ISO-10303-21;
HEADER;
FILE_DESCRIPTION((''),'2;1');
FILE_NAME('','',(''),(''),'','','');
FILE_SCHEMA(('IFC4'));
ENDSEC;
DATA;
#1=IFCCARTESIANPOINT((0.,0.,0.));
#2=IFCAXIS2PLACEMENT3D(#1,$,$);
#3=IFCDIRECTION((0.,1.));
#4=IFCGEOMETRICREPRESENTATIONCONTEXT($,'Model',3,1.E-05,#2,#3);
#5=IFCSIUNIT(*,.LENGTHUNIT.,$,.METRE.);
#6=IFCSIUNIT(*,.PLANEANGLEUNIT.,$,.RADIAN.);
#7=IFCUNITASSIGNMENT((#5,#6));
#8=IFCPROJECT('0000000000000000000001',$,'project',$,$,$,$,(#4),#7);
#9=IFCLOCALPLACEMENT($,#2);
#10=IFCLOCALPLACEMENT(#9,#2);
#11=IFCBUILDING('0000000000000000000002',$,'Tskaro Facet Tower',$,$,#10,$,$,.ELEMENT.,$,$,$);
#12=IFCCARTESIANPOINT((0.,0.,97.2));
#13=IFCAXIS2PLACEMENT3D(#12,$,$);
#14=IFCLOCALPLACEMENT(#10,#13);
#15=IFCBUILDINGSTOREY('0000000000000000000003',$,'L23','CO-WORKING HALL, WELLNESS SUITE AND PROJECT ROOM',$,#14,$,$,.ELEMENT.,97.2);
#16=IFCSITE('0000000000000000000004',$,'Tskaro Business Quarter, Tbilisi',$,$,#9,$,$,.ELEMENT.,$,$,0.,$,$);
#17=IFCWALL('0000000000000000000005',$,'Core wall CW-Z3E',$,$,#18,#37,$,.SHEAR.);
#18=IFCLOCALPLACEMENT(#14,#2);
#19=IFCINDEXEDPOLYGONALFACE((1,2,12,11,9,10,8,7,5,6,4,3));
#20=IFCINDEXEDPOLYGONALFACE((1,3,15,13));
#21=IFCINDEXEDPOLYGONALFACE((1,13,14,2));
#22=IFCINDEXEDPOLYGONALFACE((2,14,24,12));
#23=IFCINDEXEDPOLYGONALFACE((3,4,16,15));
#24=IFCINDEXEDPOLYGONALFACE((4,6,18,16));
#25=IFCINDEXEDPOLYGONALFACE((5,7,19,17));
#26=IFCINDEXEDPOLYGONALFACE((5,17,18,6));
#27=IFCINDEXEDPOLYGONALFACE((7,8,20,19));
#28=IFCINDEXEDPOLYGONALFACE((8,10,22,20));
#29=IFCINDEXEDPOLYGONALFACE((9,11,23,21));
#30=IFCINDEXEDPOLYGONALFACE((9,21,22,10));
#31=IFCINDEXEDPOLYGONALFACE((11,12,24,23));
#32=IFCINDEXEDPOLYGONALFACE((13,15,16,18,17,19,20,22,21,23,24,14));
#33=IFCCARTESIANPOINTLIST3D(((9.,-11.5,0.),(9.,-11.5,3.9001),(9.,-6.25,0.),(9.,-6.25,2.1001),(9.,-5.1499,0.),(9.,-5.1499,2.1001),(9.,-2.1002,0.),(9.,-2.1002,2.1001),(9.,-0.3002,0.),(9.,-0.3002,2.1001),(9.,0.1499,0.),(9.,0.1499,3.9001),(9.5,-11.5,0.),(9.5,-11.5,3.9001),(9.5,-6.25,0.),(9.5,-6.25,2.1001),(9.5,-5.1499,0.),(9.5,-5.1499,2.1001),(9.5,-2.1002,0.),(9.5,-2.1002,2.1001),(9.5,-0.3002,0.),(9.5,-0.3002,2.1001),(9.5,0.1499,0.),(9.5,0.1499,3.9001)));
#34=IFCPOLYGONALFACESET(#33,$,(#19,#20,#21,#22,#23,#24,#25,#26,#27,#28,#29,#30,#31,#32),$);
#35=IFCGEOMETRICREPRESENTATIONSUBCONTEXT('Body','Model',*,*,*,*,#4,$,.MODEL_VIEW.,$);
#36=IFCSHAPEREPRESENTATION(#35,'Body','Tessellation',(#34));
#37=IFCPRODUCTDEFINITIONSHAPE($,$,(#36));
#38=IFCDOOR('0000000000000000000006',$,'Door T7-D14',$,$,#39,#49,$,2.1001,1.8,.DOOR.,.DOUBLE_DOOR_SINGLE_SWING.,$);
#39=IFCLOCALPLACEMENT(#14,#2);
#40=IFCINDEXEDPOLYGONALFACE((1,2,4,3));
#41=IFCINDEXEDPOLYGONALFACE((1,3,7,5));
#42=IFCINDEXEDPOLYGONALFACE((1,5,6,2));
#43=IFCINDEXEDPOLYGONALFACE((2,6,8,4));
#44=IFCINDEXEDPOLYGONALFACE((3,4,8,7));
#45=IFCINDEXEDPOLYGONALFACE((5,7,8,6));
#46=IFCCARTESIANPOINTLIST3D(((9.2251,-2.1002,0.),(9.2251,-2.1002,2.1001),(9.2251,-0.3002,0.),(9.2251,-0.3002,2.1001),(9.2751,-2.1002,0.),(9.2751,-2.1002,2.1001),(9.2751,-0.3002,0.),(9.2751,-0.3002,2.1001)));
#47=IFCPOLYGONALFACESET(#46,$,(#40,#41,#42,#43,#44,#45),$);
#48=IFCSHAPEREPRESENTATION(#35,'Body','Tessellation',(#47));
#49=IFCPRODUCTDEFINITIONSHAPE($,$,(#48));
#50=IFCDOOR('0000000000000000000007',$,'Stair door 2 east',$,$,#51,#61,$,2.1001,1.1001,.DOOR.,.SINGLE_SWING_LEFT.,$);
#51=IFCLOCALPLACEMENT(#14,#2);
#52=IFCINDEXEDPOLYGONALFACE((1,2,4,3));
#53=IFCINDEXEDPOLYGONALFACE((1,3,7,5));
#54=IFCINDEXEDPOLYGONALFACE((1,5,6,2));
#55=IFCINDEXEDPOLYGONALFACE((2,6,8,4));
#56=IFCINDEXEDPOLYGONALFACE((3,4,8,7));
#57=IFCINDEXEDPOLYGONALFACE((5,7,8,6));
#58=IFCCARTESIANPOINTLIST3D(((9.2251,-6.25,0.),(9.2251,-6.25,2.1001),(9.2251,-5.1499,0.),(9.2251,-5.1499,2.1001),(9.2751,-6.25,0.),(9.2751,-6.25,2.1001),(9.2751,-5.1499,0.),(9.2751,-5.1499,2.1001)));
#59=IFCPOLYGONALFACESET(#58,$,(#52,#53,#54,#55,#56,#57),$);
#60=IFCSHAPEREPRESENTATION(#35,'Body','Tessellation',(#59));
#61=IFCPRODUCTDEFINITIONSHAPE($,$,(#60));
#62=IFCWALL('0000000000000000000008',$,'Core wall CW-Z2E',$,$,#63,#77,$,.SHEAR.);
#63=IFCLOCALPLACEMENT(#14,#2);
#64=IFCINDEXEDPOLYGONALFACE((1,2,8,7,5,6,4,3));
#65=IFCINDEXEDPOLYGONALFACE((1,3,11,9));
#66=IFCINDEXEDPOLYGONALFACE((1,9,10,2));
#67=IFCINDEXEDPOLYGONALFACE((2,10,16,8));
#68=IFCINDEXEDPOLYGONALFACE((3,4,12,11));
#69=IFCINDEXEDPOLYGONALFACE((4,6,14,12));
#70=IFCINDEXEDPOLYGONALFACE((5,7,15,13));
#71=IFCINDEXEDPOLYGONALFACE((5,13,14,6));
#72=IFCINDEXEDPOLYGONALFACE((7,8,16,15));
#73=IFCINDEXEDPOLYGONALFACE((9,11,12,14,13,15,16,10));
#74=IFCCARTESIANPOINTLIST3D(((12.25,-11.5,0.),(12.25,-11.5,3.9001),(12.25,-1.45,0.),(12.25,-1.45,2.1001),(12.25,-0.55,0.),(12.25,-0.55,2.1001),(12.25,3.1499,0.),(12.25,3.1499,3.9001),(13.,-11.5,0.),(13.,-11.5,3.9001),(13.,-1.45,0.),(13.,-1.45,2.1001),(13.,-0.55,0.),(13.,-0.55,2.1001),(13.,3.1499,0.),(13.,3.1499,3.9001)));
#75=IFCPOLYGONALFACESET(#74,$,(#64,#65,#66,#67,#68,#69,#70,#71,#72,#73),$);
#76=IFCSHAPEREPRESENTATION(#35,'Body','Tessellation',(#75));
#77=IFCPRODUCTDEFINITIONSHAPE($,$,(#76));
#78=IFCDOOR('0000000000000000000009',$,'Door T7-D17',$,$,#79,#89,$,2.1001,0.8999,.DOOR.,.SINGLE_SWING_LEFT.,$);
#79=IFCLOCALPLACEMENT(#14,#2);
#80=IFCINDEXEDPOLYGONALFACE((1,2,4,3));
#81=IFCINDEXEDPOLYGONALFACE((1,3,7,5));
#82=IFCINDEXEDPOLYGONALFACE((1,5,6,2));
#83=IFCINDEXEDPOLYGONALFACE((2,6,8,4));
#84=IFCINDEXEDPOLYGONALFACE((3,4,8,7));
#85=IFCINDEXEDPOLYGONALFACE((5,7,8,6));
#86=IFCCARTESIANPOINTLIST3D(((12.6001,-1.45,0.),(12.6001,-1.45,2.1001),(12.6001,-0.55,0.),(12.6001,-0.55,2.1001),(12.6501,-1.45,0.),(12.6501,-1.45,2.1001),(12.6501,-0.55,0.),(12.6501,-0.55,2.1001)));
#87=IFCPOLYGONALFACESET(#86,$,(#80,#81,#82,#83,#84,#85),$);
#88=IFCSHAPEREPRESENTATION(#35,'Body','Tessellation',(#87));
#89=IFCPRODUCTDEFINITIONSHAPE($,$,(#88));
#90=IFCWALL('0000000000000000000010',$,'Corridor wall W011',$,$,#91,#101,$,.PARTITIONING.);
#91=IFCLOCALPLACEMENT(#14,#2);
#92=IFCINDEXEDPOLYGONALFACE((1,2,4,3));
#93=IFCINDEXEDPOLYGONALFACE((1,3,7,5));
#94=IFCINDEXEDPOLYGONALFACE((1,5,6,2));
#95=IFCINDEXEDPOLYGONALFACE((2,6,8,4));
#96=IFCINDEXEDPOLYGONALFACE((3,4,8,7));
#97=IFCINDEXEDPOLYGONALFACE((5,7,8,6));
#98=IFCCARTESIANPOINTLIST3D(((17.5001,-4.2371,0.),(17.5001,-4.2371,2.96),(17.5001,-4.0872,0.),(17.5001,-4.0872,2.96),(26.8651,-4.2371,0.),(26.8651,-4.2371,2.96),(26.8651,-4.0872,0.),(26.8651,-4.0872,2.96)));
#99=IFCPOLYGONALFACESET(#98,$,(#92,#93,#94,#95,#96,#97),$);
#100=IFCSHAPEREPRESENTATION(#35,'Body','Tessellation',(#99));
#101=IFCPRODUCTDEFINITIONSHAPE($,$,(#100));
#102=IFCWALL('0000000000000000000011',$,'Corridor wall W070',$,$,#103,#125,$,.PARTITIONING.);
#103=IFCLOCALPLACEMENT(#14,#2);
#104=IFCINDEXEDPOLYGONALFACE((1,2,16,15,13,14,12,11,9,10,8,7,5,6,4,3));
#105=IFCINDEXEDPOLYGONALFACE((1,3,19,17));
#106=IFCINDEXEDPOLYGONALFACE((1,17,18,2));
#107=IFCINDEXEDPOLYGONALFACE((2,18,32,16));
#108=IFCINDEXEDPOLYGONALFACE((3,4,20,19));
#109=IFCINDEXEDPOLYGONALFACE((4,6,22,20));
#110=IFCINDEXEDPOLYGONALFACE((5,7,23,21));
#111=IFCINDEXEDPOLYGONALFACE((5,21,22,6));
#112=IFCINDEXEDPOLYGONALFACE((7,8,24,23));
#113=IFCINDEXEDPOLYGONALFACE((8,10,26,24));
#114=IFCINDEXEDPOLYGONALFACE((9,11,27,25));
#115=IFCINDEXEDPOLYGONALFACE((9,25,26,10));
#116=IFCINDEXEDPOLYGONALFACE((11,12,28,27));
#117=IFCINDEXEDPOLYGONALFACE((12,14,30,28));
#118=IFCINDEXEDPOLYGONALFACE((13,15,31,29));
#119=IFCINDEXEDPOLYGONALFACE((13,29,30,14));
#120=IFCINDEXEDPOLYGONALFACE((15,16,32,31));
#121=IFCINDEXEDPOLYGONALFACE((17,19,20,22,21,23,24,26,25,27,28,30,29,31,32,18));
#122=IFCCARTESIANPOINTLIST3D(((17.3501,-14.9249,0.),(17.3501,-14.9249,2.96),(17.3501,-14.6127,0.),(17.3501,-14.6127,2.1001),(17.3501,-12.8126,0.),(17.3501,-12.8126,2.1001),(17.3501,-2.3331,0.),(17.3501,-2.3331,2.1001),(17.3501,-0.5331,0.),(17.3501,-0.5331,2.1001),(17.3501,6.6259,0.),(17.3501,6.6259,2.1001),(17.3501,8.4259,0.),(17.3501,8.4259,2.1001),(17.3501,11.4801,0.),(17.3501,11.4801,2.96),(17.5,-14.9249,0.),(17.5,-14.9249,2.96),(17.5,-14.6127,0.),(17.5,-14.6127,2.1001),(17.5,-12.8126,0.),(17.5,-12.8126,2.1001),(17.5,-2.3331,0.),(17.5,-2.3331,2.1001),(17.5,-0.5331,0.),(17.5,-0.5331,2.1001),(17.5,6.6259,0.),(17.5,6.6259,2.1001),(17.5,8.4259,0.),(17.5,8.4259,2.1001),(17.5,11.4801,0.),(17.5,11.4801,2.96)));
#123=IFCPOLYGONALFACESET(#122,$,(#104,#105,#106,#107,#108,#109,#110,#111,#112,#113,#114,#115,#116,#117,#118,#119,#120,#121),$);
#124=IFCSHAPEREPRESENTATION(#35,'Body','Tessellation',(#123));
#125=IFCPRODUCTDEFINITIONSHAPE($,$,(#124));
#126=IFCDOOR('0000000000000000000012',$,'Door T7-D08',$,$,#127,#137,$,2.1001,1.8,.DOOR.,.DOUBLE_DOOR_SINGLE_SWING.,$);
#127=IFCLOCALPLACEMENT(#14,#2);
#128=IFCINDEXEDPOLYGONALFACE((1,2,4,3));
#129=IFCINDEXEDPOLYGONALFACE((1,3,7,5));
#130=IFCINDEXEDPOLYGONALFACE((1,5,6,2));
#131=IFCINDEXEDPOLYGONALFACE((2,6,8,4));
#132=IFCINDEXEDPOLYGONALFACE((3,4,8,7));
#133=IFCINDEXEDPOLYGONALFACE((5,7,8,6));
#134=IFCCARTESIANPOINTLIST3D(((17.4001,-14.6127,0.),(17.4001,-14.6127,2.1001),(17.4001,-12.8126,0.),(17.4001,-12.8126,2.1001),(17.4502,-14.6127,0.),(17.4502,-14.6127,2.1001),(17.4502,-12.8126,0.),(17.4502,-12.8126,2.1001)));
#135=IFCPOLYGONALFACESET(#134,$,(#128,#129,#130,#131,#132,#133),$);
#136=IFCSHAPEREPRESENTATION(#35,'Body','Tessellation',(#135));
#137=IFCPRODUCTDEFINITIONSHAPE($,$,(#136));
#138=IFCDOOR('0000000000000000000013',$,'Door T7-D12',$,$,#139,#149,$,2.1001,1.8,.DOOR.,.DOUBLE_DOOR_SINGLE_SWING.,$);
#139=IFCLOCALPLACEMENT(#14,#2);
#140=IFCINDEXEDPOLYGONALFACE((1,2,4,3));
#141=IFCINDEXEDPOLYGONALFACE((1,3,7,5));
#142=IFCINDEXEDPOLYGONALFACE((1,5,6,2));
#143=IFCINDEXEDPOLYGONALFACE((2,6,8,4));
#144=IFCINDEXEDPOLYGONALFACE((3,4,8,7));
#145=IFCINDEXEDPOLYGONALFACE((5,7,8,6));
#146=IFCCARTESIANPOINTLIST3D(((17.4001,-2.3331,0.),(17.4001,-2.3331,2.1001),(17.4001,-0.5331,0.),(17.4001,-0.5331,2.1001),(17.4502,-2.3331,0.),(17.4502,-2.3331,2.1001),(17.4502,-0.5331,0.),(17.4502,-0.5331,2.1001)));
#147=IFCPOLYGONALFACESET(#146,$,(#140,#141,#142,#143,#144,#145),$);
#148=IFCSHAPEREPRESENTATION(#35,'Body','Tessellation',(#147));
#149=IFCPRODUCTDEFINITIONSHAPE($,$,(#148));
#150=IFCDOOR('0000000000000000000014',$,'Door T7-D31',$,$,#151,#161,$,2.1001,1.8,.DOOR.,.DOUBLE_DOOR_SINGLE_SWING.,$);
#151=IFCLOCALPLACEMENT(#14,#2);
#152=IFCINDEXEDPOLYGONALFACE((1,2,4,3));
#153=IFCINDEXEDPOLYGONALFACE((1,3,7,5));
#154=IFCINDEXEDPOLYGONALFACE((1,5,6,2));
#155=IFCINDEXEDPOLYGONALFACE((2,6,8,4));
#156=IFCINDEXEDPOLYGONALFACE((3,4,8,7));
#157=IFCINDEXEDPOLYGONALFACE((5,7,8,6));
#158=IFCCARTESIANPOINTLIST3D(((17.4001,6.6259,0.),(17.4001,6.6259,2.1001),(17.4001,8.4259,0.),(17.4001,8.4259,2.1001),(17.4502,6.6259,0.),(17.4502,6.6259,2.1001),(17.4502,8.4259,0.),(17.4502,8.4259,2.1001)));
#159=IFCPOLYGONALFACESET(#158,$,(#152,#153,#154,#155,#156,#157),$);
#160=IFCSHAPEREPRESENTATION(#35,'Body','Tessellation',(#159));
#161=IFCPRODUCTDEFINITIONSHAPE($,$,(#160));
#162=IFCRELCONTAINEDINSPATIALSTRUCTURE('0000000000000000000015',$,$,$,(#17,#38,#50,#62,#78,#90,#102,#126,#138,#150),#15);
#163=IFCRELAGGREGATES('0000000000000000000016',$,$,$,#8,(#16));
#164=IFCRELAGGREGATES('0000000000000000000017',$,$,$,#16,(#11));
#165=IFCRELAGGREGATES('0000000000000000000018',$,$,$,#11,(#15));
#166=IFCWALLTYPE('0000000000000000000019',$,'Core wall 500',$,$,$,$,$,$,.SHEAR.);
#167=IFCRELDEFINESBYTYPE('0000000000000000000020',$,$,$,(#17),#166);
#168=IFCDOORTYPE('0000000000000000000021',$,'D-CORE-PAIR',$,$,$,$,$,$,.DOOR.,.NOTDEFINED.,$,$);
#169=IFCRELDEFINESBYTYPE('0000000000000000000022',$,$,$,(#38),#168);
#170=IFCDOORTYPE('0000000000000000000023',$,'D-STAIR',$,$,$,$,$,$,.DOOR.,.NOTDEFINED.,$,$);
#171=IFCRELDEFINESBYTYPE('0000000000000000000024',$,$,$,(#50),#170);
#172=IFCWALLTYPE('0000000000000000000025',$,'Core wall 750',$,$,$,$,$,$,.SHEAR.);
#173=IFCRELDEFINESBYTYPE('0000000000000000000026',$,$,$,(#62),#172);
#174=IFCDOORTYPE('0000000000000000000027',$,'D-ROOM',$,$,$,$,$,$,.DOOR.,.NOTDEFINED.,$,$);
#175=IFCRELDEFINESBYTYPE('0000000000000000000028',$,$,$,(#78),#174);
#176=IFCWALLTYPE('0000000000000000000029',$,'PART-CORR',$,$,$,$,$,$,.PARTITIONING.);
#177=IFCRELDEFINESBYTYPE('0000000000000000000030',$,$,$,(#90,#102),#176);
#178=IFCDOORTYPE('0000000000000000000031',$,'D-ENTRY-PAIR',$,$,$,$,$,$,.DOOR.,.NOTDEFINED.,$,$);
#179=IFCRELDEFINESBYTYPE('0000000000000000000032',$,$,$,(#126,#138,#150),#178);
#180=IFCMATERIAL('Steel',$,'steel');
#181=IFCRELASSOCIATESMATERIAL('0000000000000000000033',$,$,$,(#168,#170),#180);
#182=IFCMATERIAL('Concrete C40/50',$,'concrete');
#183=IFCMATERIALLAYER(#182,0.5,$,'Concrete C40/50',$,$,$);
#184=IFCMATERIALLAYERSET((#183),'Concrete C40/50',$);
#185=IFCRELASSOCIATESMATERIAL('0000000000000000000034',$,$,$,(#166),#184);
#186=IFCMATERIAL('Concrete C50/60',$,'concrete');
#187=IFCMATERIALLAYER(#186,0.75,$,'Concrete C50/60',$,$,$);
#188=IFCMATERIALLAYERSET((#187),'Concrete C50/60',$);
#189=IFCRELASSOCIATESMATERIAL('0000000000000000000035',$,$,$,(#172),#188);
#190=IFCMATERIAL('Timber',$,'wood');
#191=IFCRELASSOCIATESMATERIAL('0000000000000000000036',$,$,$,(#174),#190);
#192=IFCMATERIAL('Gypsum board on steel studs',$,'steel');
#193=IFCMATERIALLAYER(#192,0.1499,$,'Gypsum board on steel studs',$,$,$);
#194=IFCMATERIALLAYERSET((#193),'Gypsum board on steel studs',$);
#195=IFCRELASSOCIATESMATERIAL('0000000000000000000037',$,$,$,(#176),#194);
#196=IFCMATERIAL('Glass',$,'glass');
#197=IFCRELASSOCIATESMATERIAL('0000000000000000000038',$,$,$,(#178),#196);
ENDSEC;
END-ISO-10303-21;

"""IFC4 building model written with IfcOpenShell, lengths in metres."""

from ifc_helpers import new_model, si_unit, direction, frame, frame_2d, origin, place, context, subcontext, project, spatial, rectangle, extrude, material, layer, layer_set, type_object, element, fill, save


model = new_model("IFC4")

# Units and contexts
model_context = context("Model", 3, precision=1e-05, world=origin(), true_north=direction((0.0, 1.0)))
body_context = subcontext(model_context, "Body", "Model", "MODEL_VIEW")
ifc_project = project(units=[si_unit("LENGTHUNIT", "METRE"), si_unit("PLANEANGLEUNIT", "RADIAN")], contexts=[model_context])

# Site, building, storey
site_placement = place(None, origin())
site = spatial("IfcSite", under=ifc_project, at=site_placement, Name="Tskaro Business Quarter, Tbilisi", CompositionType="ELEMENT", RefElevation=0.0)
building_placement = place(site_placement, origin())
building = spatial("IfcBuilding", under=site, at=building_placement, Name="Tskaro Facet Tower", CompositionType="ELEMENT")
storey_placement = place(building_placement, frame((0.0, 0.0, 97.2)))
storey = spatial("IfcBuildingStorey", under=building, at=storey_placement, Name="L23", Description="CO-WORKING HALL, WELLNESS SUITE AND PROJECT ROOM", CompositionType="ELEMENT", Elevation=97.2)

# Shared definitions
ifc_material_1 = material(Name="Steel", Category="steel")
door_type_1 = type_object("IfcDoorType", Name="D-CORE-PAIR", OperationType="NOTDEFINED", PredefinedType="DOOR", material=ifc_material_1)

# Wall, openings, doors
ifc_material_2 = material(Name="Concrete C40/50", Category="concrete")
ifc_layer_1 = layer(ifc_material_2, 0.5, Name="Concrete C40/50")
ifc_layer_set_1 = layer_set([ifc_layer_1], Name="Concrete C40/50")
wall_type_1 = type_object("IfcWallType", Name="Core wall 500", PredefinedType="SHEAR", material=ifc_layer_set_1)
wall_1_placement = place(storey_placement, frame((9.25, -11.5, 0.0), z_axis=(0.0, 0.0, 1.0), x_axis=(0.0, 1.0, 0.0)))
wall_1 = element("IfcWall", 1, at=wall_1_placement, inside=storey, type_object=wall_type_1, Name="Core wall CW-Z3E", PredefinedType="SHEAR", context=body_context, shape_type="SweptSolid", body=[
    extrude(rectangle(XDim=11.6499, YDim=0.5, at=frame_2d((5.825, 0.0))), origin(), (0.0, 0.0, 1.0), 3.9001),
])
opening_1_placement = place(wall_1_placement, frame((9.3999, 0.0, 0.0)))
opening_1 = element("IfcOpeningElement", 2, at=opening_1_placement, cuts=wall_1, PredefinedType="OPENING", context=body_context, shape_type="SweptSolid", body=[
    extrude(rectangle(XDim=1.8, YDim=2.1001, at=frame_2d((0.8999, 1.05))), frame((0.0, 0.26, 0.0), z_axis=(0.0, -1.0, 0.0), x_axis=(1.0, 0.0, 0.0)), (0.0, 0.0, 1.0), 0.52),
])
opening_2_placement = place(wall_1_placement, frame((5.25, 0.0, 0.0)))
opening_2 = element("IfcOpeningElement", 3, at=opening_2_placement, cuts=wall_1, PredefinedType="OPENING", context=body_context, shape_type="SweptSolid", body=[
    extrude(rectangle(XDim=1.1001, YDim=2.1001, at=frame_2d((0.55, 1.05))), frame((0.0, 0.26, 0.0), z_axis=(0.0, -1.0, 0.0), x_axis=(1.0, 0.0, 0.0)), (0.0, 0.0, 1.0), 0.52),
])
door_1_placement = place(opening_1_placement, origin())
door_1 = element("IfcDoor", 4, at=door_1_placement, inside=storey, type_object=door_type_1, Name="Door T7-D14", OperationType="DOUBLE_DOOR_SINGLE_SWING", OverallHeight=2.1001, OverallWidth=1.8, PredefinedType="DOOR", context=body_context, shape_type="SweptSolid", body=[
    extrude(rectangle(XDim=1.8, YDim=2.1001, at=frame_2d((0.8999, 1.05))), frame((0.0, 0.0249, 0.0), z_axis=(0.0, -1.0, 0.0), x_axis=(1.0, 0.0, 0.0)), (0.0, 0.0, 1.0), 0.05),
])
fill(opening_1, door_1)
door_type_2 = type_object("IfcDoorType", Name="D-STAIR", OperationType="NOTDEFINED", PredefinedType="DOOR", material=ifc_material_1)
door_2_placement = place(opening_2_placement, origin())
door_2 = element("IfcDoor", 5, at=door_2_placement, inside=storey, type_object=door_type_2, Name="Stair door 2 east", OperationType="SINGLE_SWING_LEFT", OverallHeight=2.1001, OverallWidth=1.1001, PredefinedType="DOOR", context=body_context, shape_type="SweptSolid", body=[
    extrude(rectangle(XDim=1.1001, YDim=2.1001, at=frame_2d((0.55, 1.05))), frame((0.0, 0.0249, 0.0), z_axis=(0.0, -1.0, 0.0), x_axis=(1.0, 0.0, 0.0)), (0.0, 0.0, 1.0), 0.05),
])
fill(opening_2, door_2)

# Wall, opening, door
ifc_material_3 = material(Name="Concrete C50/60", Category="concrete")
ifc_layer_2 = layer(ifc_material_3, 0.75, Name="Concrete C50/60")
ifc_layer_set_2 = layer_set([ifc_layer_2], Name="Concrete C50/60")
wall_type_2 = type_object("IfcWallType", Name="Core wall 750", PredefinedType="SHEAR", material=ifc_layer_set_2)
wall_2_placement = place(storey_placement, frame((12.625, -11.5, 0.0), z_axis=(0.0, 0.0, 1.0), x_axis=(0.0, 1.0, 0.0)))
wall_2 = element("IfcWall", 6, at=wall_2_placement, inside=storey, type_object=wall_type_2, Name="Core wall CW-Z2E", PredefinedType="SHEAR", context=body_context, shape_type="SweptSolid", body=[
    extrude(rectangle(XDim=14.6499, YDim=0.75, at=frame_2d((7.325, 0.0))), origin(), (0.0, 0.0, 1.0), 3.9001),
])
opening_3_placement = place(wall_2_placement, frame((10.05, 0.0, 0.0)))
opening_3 = element("IfcOpeningElement", 7, at=opening_3_placement, cuts=wall_2, PredefinedType="OPENING", context=body_context, shape_type="SweptSolid", body=[
    extrude(rectangle(XDim=0.8999, YDim=2.1001, at=frame_2d((0.45, 1.05))), frame((0.0, 0.385, 0.0), z_axis=(0.0, -1.0, 0.0), x_axis=(1.0, 0.0, 0.0)), (0.0, 0.0, 1.0), 0.77),
])
ifc_material_4 = material(Name="Timber", Category="wood")
door_type_3 = type_object("IfcDoorType", Name="D-ROOM", OperationType="NOTDEFINED", PredefinedType="DOOR", material=ifc_material_4)
door_3_placement = place(opening_3_placement, origin())
door_3 = element("IfcDoor", 8, at=door_3_placement, inside=storey, type_object=door_type_3, Name="Door T7-D17", OperationType="SINGLE_SWING_LEFT", OverallHeight=2.1001, OverallWidth=0.8999, PredefinedType="DOOR", context=body_context, shape_type="SweptSolid", body=[
    extrude(rectangle(XDim=0.8999, YDim=2.1001, at=frame_2d((0.45, 1.05))), frame((0.0, 0.0249, 0.0), z_axis=(0.0, -1.0, 0.0), x_axis=(1.0, 0.0, 0.0)), (0.0, 0.0, 1.0), 0.05),
])
fill(opening_3, door_3)

# Wall
ifc_material_5 = material(Name="Gypsum board on steel studs", Category="steel")
ifc_layer_3 = layer(ifc_material_5, 0.1499, Name="Gypsum board on steel studs")
ifc_layer_set_3 = layer_set([ifc_layer_3], Name="Gypsum board on steel studs")
wall_type_3 = type_object("IfcWallType", Name="PART-CORR", PredefinedType="PARTITIONING", material=ifc_layer_set_3)
wall_3_placement = place(storey_placement, frame((17.5, -4.1621, 0.0), z_axis=(0.0, 0.0, 1.0), x_axis=(1.0, 0.0, 0.0)))
element("IfcWall", 9, at=wall_3_placement, inside=storey, type_object=wall_type_3, Name="Corridor wall W011", PredefinedType="PARTITIONING", context=body_context, shape_type="SweptSolid", body=[
    extrude(rectangle(XDim=9.365, YDim=0.1499, at=frame_2d((4.6826, 0.0))), origin(), (0.0, 0.0, 1.0), 2.96),
])

# Wall, openings, doors
wall_4_placement = place(storey_placement, frame((17.425, -14.925, 0.0), z_axis=(0.0, 0.0, 1.0), x_axis=(0.0, 1.0, 0.0)))
wall_4 = element("IfcWall", 10, at=wall_4_placement, inside=storey, type_object=wall_type_3, Name="Corridor wall W070", PredefinedType="PARTITIONING", context=body_context, shape_type="SweptSolid", body=[
    extrude(rectangle(XDim=26.405, YDim=0.1499, at=frame_2d((13.2026, 0.0))), origin(), (0.0, 0.0, 1.0), 2.96),
])
opening_4_placement = place(wall_4_placement, frame((0.3125, 0.0, 0.0)))
opening_4 = element("IfcOpeningElement", 11, at=opening_4_placement, cuts=wall_4, PredefinedType="OPENING", context=body_context, shape_type="SweptSolid", body=[
    extrude(rectangle(XDim=1.8, YDim=2.1001, at=frame_2d((0.8999, 1.05))), frame((0.0, 0.085, 0.0), z_axis=(0.0, -1.0, 0.0), x_axis=(1.0, 0.0, 0.0)), (0.0, 0.0, 1.0), 0.1699),
])
opening_5_placement = place(wall_4_placement, frame((12.592, 0.0, 0.0)))
opening_5 = element("IfcOpeningElement", 12, at=opening_5_placement, cuts=wall_4, PredefinedType="OPENING", context=body_context, shape_type="SweptSolid", body=[
    extrude(rectangle(XDim=1.8, YDim=2.1001, at=frame_2d((0.8999, 1.05))), frame((0.0, 0.085, 0.0), z_axis=(0.0, -1.0, 0.0), x_axis=(1.0, 0.0, 0.0)), (0.0, 0.0, 1.0), 0.1699),
])
opening_6_placement = place(wall_4_placement, frame((21.551, 0.0, 0.0)))
opening_6 = element("IfcOpeningElement", 13, at=opening_6_placement, cuts=wall_4, PredefinedType="OPENING", context=body_context, shape_type="SweptSolid", body=[
    extrude(rectangle(XDim=1.8, YDim=2.1001, at=frame_2d((0.8999, 1.05))), frame((0.0, 0.085, 0.0), z_axis=(0.0, -1.0, 0.0), x_axis=(1.0, 0.0, 0.0)), (0.0, 0.0, 1.0), 0.1699),
])
ifc_material_6 = material(Name="Glass", Category="glass")
door_type_4 = type_object("IfcDoorType", Name="D-ENTRY-PAIR", OperationType="NOTDEFINED", PredefinedType="DOOR", material=ifc_material_6)
door_4_placement = place(opening_4_placement, origin())
door_4 = element("IfcDoor", 14, at=door_4_placement, inside=storey, type_object=door_type_4, Name="Door T7-D08", OperationType="DOUBLE_DOOR_SINGLE_SWING", OverallHeight=2.1001, OverallWidth=1.8, PredefinedType="DOOR", context=body_context, shape_type="SweptSolid", body=[
    extrude(rectangle(XDim=1.8, YDim=2.1001, at=frame_2d((0.8999, 1.05))), frame((0.0, 0.0249, 0.0), z_axis=(0.0, -1.0, 0.0), x_axis=(1.0, 0.0, 0.0)), (0.0, 0.0, 1.0), 0.05),
])
fill(opening_4, door_4)
door_5_placement = place(opening_5_placement, origin())
door_5 = element("IfcDoor", 15, at=door_5_placement, inside=storey, type_object=door_type_4, Name="Door T7-D12", OperationType="DOUBLE_DOOR_SINGLE_SWING", OverallHeight=2.1001, OverallWidth=1.8, PredefinedType="DOOR", context=body_context, shape_type="SweptSolid", body=[
    extrude(rectangle(XDim=1.8, YDim=2.1001, at=frame_2d((0.8999, 1.05))), frame((0.0, 0.0249, 0.0), z_axis=(0.0, -1.0, 0.0), x_axis=(1.0, 0.0, 0.0)), (0.0, 0.0, 1.0), 0.05),
])
fill(opening_5, door_5)
door_6_placement = place(opening_6_placement, origin())
door_6 = element("IfcDoor", 16, at=door_6_placement, inside=storey, type_object=door_type_4, Name="Door T7-D31", OperationType="DOUBLE_DOOR_SINGLE_SWING", OverallHeight=2.1001, OverallWidth=1.8, PredefinedType="DOOR", context=body_context, shape_type="SweptSolid", body=[
    extrude(rectangle(XDim=1.8, YDim=2.1001, at=frame_2d((0.8999, 1.05))), frame((0.0, 0.0249, 0.0), z_axis=(0.0, -1.0, 0.0), x_axis=(1.0, 0.0, 0.0)), (0.0, 0.0, 1.0), 0.05),
])
fill(opening_6, door_6)

save(model, "model.ifc")
